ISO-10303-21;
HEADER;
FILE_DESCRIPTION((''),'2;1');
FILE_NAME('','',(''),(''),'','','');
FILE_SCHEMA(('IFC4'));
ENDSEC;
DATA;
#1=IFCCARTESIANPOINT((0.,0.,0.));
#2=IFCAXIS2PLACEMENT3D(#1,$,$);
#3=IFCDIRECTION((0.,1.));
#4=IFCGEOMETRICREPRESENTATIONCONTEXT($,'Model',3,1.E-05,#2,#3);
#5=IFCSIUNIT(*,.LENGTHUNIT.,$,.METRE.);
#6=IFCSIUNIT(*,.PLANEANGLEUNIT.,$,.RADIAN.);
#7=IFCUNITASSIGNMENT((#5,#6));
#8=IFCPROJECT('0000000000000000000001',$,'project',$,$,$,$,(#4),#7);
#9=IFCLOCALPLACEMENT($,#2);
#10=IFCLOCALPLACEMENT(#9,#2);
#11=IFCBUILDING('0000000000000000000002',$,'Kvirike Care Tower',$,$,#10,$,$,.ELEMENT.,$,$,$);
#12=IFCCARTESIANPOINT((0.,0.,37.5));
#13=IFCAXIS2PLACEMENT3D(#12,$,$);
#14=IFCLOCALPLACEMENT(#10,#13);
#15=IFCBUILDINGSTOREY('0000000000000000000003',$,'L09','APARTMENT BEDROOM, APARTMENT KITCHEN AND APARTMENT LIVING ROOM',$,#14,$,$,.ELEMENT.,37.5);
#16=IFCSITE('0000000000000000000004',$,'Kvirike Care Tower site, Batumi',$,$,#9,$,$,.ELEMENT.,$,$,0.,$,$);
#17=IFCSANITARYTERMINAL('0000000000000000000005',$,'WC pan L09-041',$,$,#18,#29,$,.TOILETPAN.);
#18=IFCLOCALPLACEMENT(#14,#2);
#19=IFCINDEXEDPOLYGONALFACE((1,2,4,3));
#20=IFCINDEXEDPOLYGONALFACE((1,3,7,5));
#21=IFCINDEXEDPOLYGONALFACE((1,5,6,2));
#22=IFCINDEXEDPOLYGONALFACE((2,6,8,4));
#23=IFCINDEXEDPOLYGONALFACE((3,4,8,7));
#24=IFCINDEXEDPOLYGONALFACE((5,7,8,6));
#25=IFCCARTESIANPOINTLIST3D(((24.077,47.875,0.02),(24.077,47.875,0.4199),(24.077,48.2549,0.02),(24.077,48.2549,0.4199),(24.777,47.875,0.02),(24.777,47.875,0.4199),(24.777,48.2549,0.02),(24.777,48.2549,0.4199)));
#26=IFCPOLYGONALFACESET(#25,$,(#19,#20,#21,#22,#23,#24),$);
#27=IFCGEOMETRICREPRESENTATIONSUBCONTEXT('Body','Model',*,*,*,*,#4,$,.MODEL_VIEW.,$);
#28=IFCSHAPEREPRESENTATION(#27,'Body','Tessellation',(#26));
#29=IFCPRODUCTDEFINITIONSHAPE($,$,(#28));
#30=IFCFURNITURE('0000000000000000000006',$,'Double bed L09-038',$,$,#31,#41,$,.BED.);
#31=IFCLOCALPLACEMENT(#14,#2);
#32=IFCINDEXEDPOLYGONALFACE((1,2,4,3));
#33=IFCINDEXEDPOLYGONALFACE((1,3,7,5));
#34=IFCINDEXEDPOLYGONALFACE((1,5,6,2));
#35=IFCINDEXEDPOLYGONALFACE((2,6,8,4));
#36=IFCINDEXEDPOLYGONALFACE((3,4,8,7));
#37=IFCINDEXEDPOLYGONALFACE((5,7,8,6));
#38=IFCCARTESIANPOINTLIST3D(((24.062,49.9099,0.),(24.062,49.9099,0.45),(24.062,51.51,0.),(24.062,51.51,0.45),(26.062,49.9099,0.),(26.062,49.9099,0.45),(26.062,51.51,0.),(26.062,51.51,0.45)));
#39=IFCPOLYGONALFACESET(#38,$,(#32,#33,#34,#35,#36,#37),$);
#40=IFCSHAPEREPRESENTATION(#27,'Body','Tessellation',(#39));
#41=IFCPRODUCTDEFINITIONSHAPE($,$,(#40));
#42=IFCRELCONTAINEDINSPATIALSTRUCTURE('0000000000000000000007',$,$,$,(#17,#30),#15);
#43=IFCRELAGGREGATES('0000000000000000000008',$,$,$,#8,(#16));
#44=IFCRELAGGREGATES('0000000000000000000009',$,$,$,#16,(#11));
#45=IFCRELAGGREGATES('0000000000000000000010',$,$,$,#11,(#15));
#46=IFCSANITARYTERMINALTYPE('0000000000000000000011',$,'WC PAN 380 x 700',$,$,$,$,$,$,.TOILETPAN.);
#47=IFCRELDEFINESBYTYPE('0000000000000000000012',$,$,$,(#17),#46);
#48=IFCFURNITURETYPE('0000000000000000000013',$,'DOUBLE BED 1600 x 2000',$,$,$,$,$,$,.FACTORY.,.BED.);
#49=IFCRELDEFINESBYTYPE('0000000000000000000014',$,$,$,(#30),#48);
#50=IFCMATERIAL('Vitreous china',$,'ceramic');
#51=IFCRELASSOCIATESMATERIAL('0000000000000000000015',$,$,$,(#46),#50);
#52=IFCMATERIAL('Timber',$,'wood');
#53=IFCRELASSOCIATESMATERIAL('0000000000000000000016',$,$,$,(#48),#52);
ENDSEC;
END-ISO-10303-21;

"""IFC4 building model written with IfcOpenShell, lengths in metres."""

from ifc_helpers import new_model, si_unit, direction, frame, origin, origin_2d, place, context, subcontext, project, spatial, rectangle, extrude, material, type_object, element, save


model = new_model("IFC4")

# Units and contexts
model_context = context("Model", 3, precision=1e-05, world=origin(), true_north=direction((0.0, 1.0)))
body_context = subcontext(model_context, "Body", "Model", "MODEL_VIEW")
ifc_project = project(units=[si_unit("LENGTHUNIT", "METRE"), si_unit("PLANEANGLEUNIT", "RADIAN")], contexts=[model_context])

# Site, building, storey
site_placement = place(None, origin())
site = spatial("IfcSite", under=ifc_project, at=site_placement, Name="Kvirike Care Tower site, Batumi", CompositionType="ELEMENT", RefElevation=0.0)
building_placement = place(site_placement, origin())
building = spatial("IfcBuilding", under=site, at=building_placement, Name="Kvirike Care Tower", CompositionType="ELEMENT")
storey_placement = place(building_placement, frame((0.0, 0.0, 37.5)))
storey = spatial("IfcBuildingStorey", under=building, at=storey_placement, Name="L09", Description="APARTMENT BEDROOM, APARTMENT KITCHEN AND APARTMENT LIVING ROOM", CompositionType="ELEMENT", Elevation=37.5)

# Sanitary terminal
ifc_material_1 = material(Name="Vitreous china", Category="ceramic")
sanitary_terminal_type_1 = type_object("IfcSanitaryTerminalType", Name="WC PAN 380 x 700", PredefinedType="TOILETPAN", material=ifc_material_1)
sanitary_terminal_1_placement = place(storey_placement, frame((24.427, 48.0649, 0.02), z_axis=(0.0, 0.0, 1.0), x_axis=(0.0, 1.0, 0.0)))
element("IfcSanitaryTerminal", 1, at=sanitary_terminal_1_placement, inside=storey, type_object=sanitary_terminal_type_1, Name="WC pan L09-041", PredefinedType="TOILETPAN", context=body_context, shape_type="SweptSolid", body=[
    extrude(rectangle(XDim=0.3799, YDim=0.7, at=origin_2d()), origin(), (0.0, 0.0, 1.0), 0.3999),
])

# Furniture
ifc_material_2 = material(Name="Timber", Category="wood")
furniture_type = type_object("IfcFurnitureType", Name="DOUBLE BED 1600 x 2000", AssemblyPlace="FACTORY", PredefinedType="BED", material=ifc_material_2)
furniture_placement = place(storey_placement, frame((25.062, 50.71, 0.0), z_axis=(0.0, 0.0, 1.0), x_axis=(0.0, 1.0, 0.0)))
element("IfcFurniture", 2, at=furniture_placement, inside=storey, type_object=furniture_type, Name="Double bed L09-038", PredefinedType="BED", context=body_context, shape_type="SweptSolid", body=[
    extrude(rectangle(XDim=1.6001, YDim=2.0, at=origin_2d()), origin(), (0.0, 0.0, 1.0), 0.45),
])

save(model, "model.ifc")
